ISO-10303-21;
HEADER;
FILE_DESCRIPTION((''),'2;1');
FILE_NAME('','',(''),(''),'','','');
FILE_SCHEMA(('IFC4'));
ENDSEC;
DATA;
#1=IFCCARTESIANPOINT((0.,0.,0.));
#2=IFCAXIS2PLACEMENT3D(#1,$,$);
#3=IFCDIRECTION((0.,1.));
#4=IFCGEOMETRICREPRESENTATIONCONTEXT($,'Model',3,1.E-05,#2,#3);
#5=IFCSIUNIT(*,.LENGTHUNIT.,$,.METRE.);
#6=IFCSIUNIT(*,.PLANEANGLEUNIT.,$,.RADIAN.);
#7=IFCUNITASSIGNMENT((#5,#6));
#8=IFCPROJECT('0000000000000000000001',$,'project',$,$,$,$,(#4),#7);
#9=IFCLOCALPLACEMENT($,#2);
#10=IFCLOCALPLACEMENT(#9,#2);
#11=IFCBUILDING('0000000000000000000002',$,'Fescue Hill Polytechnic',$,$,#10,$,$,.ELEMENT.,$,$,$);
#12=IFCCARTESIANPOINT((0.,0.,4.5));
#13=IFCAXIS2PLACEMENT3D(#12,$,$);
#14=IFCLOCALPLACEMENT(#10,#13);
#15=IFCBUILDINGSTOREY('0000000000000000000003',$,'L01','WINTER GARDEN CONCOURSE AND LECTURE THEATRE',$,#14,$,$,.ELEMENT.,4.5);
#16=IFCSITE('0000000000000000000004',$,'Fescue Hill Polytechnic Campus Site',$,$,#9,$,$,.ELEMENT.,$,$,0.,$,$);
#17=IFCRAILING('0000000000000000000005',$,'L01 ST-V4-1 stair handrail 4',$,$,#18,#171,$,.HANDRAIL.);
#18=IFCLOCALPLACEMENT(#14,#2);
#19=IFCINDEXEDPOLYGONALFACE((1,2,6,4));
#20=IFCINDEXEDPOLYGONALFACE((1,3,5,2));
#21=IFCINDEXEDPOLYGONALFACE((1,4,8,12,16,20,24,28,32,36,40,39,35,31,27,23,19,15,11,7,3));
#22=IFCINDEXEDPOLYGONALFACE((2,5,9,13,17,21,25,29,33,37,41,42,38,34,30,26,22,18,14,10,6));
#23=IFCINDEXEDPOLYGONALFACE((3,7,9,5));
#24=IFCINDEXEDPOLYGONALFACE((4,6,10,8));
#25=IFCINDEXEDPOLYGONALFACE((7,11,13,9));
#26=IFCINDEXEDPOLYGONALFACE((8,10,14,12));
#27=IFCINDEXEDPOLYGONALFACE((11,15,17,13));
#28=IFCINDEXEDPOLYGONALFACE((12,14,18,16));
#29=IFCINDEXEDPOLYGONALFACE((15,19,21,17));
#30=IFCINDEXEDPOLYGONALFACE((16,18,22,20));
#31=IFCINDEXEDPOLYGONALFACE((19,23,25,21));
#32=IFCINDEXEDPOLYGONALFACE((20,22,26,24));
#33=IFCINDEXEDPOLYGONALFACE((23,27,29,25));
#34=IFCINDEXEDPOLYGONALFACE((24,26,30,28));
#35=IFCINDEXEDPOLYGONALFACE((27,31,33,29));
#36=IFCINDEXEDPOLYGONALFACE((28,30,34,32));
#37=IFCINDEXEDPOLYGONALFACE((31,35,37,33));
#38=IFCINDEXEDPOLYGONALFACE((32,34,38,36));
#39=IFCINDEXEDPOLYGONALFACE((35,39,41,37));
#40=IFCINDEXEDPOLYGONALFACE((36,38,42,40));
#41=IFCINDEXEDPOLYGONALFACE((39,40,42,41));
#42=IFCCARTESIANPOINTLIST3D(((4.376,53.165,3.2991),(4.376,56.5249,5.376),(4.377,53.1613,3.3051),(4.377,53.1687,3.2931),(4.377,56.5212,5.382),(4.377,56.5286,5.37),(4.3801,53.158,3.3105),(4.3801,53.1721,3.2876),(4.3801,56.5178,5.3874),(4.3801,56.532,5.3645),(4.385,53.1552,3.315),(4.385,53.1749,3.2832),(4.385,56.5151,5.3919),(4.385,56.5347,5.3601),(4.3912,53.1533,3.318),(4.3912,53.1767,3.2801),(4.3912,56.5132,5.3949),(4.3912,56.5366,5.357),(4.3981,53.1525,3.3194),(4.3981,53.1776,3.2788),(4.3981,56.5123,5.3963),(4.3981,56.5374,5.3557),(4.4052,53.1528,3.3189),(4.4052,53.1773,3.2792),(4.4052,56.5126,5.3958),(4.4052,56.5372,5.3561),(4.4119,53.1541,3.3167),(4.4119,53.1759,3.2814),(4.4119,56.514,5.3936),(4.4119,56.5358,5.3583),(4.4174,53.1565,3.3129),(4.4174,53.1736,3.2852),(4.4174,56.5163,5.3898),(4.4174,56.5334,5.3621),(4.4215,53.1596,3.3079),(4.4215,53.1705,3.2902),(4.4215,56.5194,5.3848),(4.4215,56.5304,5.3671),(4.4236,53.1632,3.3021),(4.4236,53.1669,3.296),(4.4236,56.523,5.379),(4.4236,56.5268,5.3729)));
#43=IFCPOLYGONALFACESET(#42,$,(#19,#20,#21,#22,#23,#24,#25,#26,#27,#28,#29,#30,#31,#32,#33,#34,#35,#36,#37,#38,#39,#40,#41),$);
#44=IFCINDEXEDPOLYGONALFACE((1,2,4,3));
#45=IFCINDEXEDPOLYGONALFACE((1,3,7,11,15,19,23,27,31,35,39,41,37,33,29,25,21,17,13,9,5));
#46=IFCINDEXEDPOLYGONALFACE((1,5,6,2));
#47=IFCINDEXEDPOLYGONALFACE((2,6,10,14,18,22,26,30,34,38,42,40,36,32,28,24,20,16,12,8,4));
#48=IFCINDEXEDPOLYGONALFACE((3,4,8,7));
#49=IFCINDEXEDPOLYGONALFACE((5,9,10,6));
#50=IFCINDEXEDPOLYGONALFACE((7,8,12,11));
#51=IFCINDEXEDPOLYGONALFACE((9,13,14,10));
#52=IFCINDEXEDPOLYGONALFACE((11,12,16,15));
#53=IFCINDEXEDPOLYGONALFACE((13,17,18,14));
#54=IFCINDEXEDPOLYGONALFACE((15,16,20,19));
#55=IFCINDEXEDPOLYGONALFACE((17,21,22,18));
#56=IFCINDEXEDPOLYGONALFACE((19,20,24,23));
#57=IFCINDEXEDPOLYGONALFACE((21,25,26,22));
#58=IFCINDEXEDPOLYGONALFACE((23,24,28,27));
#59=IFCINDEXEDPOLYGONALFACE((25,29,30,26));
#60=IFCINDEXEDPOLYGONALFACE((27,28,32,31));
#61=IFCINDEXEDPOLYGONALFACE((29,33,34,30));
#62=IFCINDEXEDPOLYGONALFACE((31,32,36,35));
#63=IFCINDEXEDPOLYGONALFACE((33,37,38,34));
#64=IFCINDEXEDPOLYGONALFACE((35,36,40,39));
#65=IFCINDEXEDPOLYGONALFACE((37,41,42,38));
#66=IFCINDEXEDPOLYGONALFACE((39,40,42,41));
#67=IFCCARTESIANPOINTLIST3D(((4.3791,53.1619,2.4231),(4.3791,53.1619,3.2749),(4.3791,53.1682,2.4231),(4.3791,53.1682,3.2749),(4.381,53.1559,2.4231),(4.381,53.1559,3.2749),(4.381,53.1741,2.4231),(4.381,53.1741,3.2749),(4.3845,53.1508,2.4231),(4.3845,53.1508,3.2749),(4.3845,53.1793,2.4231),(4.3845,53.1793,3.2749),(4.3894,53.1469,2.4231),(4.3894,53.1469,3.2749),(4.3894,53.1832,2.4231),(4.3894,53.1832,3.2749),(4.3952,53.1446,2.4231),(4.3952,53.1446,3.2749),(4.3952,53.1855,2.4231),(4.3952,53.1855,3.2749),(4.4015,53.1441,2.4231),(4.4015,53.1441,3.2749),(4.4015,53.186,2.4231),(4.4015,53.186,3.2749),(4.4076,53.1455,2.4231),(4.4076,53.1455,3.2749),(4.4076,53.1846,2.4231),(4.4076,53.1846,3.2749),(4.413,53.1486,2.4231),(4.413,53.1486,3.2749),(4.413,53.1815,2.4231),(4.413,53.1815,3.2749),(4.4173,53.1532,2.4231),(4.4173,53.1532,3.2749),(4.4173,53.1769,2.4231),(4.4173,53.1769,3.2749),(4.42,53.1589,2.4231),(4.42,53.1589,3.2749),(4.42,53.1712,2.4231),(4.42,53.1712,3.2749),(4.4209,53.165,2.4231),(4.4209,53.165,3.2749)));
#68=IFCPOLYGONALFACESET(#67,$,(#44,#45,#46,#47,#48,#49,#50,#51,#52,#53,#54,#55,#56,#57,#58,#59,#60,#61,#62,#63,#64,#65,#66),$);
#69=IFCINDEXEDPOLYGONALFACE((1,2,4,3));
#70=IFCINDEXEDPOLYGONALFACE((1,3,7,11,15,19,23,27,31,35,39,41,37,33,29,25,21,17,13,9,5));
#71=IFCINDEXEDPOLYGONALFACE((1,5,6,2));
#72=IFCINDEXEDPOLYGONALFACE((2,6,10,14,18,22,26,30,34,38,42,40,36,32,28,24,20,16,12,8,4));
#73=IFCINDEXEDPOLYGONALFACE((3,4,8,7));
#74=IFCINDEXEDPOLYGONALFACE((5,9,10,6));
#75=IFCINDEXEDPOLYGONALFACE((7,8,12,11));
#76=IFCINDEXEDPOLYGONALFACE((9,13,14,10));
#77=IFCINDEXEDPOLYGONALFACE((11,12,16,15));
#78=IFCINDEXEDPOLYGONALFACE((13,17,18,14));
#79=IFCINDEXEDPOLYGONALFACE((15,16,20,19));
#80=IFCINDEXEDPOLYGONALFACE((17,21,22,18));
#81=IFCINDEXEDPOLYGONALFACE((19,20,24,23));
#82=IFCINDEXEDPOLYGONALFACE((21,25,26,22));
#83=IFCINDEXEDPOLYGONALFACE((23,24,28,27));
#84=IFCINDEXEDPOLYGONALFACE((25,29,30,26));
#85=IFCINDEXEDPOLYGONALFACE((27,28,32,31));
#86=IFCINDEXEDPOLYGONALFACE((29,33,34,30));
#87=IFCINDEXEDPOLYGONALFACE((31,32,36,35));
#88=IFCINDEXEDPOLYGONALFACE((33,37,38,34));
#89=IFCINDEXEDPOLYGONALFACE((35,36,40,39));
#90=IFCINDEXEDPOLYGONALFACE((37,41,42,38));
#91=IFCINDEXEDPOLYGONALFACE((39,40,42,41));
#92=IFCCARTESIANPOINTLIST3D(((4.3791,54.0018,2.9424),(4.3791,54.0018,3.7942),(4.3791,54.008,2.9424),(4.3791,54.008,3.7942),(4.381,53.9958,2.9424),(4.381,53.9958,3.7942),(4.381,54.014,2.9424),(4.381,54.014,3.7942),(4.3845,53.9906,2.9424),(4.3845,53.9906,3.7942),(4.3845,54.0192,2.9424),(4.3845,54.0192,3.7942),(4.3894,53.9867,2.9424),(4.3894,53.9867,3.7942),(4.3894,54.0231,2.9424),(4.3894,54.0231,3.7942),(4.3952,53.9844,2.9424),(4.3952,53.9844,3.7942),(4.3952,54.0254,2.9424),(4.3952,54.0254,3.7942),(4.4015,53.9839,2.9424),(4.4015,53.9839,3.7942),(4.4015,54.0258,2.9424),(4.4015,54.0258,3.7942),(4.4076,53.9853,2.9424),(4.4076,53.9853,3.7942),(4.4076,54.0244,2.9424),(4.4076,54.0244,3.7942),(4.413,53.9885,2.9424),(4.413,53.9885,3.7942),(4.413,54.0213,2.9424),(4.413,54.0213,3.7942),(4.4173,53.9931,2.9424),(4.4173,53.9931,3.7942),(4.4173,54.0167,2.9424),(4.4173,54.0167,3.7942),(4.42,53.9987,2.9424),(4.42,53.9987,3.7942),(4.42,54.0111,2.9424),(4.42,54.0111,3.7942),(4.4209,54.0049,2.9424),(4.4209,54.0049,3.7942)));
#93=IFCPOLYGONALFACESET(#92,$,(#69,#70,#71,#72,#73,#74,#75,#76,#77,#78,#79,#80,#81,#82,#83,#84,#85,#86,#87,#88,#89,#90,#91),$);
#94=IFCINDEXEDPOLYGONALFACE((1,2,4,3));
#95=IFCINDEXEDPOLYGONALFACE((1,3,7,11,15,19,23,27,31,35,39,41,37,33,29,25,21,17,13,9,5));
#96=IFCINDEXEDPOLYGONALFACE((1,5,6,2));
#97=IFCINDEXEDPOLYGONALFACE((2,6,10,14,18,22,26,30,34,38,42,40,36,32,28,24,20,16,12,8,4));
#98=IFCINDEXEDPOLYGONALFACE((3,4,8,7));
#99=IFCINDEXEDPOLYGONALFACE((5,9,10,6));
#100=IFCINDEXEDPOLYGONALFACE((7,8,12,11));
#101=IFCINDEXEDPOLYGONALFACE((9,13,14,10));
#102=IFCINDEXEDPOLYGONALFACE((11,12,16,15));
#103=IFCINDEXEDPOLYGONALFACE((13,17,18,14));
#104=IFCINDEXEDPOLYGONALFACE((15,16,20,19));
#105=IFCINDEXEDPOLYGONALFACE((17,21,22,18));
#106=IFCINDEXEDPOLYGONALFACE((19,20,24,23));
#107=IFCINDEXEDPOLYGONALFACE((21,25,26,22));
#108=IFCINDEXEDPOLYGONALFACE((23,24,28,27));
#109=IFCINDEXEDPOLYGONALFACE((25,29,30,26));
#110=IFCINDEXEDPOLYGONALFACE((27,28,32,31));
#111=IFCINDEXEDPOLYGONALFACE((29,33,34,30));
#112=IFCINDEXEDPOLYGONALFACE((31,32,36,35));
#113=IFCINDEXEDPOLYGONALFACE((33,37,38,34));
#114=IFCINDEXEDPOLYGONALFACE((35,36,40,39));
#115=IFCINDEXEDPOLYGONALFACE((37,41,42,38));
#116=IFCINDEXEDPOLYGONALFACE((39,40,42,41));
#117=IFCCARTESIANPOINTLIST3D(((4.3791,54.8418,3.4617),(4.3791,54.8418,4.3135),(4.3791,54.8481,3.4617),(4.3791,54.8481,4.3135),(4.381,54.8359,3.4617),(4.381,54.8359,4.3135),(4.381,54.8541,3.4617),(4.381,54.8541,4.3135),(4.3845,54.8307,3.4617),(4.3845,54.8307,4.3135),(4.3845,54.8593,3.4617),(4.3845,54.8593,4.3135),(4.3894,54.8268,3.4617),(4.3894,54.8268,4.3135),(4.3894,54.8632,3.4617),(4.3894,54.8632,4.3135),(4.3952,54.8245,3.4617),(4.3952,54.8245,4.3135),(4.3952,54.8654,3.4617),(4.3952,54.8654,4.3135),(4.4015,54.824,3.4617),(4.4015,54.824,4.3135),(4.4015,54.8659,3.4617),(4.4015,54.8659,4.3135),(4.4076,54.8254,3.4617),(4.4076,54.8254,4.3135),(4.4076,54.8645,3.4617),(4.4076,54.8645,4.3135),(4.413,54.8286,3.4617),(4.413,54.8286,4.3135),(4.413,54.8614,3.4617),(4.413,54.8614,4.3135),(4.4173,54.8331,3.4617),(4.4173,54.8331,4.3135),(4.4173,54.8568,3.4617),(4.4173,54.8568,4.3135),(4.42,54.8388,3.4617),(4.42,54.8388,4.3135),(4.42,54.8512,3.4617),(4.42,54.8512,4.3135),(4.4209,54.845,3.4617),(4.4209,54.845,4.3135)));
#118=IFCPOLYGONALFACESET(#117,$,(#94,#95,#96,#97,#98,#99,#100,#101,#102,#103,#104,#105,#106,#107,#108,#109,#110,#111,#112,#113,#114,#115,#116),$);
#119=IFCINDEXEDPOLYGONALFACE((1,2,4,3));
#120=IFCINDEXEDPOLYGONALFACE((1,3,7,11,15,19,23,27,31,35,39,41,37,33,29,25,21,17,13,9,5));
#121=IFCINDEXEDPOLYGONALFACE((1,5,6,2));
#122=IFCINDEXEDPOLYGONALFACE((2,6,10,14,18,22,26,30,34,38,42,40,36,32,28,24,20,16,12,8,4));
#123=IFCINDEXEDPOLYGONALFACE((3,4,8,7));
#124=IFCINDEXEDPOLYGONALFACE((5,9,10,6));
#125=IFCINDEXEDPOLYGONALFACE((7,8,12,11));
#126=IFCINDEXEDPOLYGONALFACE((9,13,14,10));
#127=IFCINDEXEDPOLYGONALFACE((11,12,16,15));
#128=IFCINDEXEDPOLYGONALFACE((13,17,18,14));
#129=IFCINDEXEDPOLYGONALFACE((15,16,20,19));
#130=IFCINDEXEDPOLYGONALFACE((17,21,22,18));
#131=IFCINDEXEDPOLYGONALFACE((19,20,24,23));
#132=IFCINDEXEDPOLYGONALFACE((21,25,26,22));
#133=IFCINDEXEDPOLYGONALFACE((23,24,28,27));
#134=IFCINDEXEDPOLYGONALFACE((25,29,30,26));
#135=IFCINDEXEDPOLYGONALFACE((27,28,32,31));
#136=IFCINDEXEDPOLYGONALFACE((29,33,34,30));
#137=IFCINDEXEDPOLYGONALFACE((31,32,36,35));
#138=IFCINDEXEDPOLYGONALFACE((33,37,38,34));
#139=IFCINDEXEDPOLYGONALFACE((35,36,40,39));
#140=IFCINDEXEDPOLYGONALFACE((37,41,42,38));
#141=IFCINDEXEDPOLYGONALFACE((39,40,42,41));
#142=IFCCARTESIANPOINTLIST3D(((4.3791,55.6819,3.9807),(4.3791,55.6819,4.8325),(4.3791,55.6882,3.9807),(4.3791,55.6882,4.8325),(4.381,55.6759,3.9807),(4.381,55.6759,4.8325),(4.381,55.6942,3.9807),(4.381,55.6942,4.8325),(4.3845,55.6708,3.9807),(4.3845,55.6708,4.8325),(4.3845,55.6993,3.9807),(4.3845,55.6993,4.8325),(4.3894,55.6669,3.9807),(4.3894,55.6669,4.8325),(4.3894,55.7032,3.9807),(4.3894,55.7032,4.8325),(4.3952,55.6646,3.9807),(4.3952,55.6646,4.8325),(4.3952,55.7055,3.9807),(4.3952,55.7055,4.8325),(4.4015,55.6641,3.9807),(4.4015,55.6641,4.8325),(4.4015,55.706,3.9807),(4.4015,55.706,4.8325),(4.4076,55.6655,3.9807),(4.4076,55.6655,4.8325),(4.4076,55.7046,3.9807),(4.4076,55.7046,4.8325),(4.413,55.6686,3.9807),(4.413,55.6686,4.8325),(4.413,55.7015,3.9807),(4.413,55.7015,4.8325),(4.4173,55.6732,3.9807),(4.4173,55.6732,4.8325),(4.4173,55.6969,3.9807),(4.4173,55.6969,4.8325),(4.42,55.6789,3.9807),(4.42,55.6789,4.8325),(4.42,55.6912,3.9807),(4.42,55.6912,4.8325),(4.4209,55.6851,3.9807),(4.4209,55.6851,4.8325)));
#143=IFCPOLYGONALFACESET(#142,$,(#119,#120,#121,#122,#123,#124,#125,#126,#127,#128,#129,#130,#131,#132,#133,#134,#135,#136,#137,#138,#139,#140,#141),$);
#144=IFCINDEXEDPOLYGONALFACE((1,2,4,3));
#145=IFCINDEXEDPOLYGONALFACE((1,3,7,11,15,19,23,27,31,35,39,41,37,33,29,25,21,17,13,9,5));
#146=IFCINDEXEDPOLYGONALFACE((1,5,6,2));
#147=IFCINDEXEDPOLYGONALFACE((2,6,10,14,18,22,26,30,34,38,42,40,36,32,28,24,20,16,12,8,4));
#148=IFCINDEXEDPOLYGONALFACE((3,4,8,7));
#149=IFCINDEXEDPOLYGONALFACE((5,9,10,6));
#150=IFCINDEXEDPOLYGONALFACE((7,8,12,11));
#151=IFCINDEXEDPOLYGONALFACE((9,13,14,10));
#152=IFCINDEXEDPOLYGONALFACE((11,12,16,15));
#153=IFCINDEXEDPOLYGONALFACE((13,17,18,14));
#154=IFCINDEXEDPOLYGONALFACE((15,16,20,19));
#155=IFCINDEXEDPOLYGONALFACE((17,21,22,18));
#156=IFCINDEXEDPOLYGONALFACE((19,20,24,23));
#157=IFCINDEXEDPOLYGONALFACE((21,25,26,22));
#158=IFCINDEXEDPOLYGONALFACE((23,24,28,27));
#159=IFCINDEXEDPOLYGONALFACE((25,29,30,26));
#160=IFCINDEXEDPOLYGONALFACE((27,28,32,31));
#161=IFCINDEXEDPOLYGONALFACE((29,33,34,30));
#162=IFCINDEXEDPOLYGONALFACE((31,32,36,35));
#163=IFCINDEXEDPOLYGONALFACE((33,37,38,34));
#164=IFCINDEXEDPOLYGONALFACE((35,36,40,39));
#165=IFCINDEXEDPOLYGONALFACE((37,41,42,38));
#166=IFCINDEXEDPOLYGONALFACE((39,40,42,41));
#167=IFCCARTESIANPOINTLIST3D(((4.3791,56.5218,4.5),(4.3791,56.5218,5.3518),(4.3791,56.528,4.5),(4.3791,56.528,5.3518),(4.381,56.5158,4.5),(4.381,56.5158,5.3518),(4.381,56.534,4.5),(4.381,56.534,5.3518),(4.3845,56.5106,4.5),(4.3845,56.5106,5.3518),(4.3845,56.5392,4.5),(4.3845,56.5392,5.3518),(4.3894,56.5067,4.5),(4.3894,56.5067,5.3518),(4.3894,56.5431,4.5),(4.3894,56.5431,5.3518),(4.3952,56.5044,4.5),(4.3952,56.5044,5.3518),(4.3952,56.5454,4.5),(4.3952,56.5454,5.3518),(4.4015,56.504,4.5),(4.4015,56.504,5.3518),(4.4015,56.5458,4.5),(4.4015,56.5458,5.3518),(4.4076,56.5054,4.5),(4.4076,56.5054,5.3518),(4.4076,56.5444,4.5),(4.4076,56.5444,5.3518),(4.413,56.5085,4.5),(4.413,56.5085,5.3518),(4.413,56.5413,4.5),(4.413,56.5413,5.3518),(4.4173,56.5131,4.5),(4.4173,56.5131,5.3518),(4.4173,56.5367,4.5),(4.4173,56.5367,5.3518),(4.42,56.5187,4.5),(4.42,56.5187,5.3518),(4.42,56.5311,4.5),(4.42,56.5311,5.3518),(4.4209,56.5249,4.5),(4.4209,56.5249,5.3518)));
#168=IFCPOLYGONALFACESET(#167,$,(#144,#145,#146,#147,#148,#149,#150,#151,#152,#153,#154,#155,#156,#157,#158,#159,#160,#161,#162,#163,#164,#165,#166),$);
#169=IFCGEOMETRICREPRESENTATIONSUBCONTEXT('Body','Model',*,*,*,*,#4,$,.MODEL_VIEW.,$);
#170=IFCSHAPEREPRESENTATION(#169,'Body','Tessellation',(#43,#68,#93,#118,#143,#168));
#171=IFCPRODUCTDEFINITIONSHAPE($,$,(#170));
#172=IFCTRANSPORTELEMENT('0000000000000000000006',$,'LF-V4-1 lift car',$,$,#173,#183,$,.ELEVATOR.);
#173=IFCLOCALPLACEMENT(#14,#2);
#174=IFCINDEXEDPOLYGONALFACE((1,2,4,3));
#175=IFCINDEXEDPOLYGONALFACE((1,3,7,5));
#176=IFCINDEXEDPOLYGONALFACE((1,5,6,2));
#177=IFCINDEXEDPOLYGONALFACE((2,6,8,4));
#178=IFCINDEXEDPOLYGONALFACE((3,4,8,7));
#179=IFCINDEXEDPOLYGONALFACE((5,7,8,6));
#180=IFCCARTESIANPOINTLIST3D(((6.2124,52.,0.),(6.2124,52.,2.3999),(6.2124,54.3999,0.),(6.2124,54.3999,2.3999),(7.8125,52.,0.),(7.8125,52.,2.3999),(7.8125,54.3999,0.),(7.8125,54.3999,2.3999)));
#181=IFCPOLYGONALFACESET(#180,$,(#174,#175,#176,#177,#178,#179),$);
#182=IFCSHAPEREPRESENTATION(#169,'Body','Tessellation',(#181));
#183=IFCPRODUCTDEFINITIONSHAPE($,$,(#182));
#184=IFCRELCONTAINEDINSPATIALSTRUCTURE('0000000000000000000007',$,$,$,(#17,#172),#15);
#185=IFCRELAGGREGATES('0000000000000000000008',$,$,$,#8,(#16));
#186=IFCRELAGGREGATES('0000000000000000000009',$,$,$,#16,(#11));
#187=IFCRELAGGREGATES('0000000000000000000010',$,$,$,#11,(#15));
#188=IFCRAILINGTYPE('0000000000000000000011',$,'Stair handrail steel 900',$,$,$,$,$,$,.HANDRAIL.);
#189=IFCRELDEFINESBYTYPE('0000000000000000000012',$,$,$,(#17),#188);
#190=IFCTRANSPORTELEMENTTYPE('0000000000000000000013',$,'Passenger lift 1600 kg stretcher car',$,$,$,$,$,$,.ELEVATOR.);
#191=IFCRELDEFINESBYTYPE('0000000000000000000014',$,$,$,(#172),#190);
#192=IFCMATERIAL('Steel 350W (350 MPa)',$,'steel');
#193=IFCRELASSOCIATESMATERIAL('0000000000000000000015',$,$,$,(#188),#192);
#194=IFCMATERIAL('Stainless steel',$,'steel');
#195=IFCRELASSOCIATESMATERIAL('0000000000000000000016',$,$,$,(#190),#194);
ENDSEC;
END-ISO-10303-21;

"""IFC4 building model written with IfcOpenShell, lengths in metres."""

from ifc_helpers import new_model, si_unit, direction, frame, origin, origin_2d, place, context, subcontext, project, spatial, rectangle, circle, extrude, material, type_object, element, save


model = new_model("IFC4")

# Units and contexts
model_context = context("Model", 3, precision=1e-05, world=origin(), true_north=direction((0.0, 1.0)))
body_context = subcontext(model_context, "Body", "Model", "MODEL_VIEW")
ifc_project = project(units=[si_unit("LENGTHUNIT", "METRE"), si_unit("PLANEANGLEUNIT", "RADIAN")], contexts=[model_context])

# Site, building, storey
site_placement = place(None, origin())
site = spatial("IfcSite", under=ifc_project, at=site_placement, Name="Fescue Hill Polytechnic Campus Site", CompositionType="ELEMENT", RefElevation=0.0)
building_placement = place(site_placement, origin())
building = spatial("IfcBuilding", under=site, at=building_placement, Name="Fescue Hill Polytechnic", CompositionType="ELEMENT")
storey_placement = place(building_placement, frame((0.0, 0.0, 4.5)))
storey = spatial("IfcBuildingStorey", under=building, at=storey_placement, Name="L01", Description="WINTER GARDEN CONCOURSE AND LECTURE THEATRE", CompositionType="ELEMENT", Elevation=4.5)

# Shared definitions
ifc_material_1 = material(Name="Stainless steel", Category="steel")

# Railing
ifc_material_2 = material(Name="Steel 350W (350 MPa)", Category="steel")
railing_type = type_object("IfcRailingType", Name="Stair handrail steel 900", PredefinedType="HANDRAIL", material=ifc_material_2)
for number, where, name in (
    (1, (4.3999, 53.165, 2.4231), "L01 ST-V4-1 stair handrail 4"),
):
    element("IfcRailing", number, at=place(storey_placement, frame(where)), inside=storey, type_object=railing_type, Name=name, PredefinedType="HANDRAIL", context=body_context, shape_type="SweptSolid", body=[
        extrude(circle(Radius=0.0239, at=origin_2d()), frame((0.0, 0.0, 0.876), z_axis=(0.0, 0.850606, 0.525803), x_axis=(-1.0, 0.0, 0.0)), (0.0, 0.0, 1.0), 3.95),
        extrude(circle(Radius=0.021, at=origin_2d()), origin(), (0.0, 0.0, 1.0), 0.8518),
        extrude(circle(Radius=0.021, at=origin_2d()), frame((0.0, 0.8398, 0.5193)), (0.0, 0.0, 1.0), 0.8518),
        extrude(circle(Radius=0.021, at=origin_2d()), frame((0.0, 1.6799, 1.0386)), (0.0, 0.0, 1.0), 0.8518),
        extrude(circle(Radius=0.021, at=origin_2d()), frame((0.0, 2.52, 1.5576)), (0.0, 0.0, 1.0), 0.8518),
        extrude(circle(Radius=0.021, at=origin_2d()), frame((0.0, 3.3599, 2.0769)), (0.0, 0.0, 1.0), 0.8518),
    ])

# Transport element
transport_element_type = type_object("IfcTransportElementType", Name="Passenger lift 1600 kg stretcher car", PredefinedType="ELEVATOR", material=ifc_material_1)
transport_element_placement = place(storey_placement, frame((7.0125, 53.2, 0.0), z_axis=(0.0, 0.0, 1.0), x_axis=(1.0, 0.0, 0.0)))
element("IfcTransportElement", 2, at=transport_element_placement, inside=storey, type_object=transport_element_type, Name="LF-V4-1 lift car", PredefinedType="ELEVATOR", context=body_context, shape_type="SweptSolid", body=[
    extrude(rectangle(XDim=1.6001, YDim=2.3999, at=origin_2d()), origin(), (0.0, 0.0, 1.0), 2.3999),
])

save(model, "model.ifc")
